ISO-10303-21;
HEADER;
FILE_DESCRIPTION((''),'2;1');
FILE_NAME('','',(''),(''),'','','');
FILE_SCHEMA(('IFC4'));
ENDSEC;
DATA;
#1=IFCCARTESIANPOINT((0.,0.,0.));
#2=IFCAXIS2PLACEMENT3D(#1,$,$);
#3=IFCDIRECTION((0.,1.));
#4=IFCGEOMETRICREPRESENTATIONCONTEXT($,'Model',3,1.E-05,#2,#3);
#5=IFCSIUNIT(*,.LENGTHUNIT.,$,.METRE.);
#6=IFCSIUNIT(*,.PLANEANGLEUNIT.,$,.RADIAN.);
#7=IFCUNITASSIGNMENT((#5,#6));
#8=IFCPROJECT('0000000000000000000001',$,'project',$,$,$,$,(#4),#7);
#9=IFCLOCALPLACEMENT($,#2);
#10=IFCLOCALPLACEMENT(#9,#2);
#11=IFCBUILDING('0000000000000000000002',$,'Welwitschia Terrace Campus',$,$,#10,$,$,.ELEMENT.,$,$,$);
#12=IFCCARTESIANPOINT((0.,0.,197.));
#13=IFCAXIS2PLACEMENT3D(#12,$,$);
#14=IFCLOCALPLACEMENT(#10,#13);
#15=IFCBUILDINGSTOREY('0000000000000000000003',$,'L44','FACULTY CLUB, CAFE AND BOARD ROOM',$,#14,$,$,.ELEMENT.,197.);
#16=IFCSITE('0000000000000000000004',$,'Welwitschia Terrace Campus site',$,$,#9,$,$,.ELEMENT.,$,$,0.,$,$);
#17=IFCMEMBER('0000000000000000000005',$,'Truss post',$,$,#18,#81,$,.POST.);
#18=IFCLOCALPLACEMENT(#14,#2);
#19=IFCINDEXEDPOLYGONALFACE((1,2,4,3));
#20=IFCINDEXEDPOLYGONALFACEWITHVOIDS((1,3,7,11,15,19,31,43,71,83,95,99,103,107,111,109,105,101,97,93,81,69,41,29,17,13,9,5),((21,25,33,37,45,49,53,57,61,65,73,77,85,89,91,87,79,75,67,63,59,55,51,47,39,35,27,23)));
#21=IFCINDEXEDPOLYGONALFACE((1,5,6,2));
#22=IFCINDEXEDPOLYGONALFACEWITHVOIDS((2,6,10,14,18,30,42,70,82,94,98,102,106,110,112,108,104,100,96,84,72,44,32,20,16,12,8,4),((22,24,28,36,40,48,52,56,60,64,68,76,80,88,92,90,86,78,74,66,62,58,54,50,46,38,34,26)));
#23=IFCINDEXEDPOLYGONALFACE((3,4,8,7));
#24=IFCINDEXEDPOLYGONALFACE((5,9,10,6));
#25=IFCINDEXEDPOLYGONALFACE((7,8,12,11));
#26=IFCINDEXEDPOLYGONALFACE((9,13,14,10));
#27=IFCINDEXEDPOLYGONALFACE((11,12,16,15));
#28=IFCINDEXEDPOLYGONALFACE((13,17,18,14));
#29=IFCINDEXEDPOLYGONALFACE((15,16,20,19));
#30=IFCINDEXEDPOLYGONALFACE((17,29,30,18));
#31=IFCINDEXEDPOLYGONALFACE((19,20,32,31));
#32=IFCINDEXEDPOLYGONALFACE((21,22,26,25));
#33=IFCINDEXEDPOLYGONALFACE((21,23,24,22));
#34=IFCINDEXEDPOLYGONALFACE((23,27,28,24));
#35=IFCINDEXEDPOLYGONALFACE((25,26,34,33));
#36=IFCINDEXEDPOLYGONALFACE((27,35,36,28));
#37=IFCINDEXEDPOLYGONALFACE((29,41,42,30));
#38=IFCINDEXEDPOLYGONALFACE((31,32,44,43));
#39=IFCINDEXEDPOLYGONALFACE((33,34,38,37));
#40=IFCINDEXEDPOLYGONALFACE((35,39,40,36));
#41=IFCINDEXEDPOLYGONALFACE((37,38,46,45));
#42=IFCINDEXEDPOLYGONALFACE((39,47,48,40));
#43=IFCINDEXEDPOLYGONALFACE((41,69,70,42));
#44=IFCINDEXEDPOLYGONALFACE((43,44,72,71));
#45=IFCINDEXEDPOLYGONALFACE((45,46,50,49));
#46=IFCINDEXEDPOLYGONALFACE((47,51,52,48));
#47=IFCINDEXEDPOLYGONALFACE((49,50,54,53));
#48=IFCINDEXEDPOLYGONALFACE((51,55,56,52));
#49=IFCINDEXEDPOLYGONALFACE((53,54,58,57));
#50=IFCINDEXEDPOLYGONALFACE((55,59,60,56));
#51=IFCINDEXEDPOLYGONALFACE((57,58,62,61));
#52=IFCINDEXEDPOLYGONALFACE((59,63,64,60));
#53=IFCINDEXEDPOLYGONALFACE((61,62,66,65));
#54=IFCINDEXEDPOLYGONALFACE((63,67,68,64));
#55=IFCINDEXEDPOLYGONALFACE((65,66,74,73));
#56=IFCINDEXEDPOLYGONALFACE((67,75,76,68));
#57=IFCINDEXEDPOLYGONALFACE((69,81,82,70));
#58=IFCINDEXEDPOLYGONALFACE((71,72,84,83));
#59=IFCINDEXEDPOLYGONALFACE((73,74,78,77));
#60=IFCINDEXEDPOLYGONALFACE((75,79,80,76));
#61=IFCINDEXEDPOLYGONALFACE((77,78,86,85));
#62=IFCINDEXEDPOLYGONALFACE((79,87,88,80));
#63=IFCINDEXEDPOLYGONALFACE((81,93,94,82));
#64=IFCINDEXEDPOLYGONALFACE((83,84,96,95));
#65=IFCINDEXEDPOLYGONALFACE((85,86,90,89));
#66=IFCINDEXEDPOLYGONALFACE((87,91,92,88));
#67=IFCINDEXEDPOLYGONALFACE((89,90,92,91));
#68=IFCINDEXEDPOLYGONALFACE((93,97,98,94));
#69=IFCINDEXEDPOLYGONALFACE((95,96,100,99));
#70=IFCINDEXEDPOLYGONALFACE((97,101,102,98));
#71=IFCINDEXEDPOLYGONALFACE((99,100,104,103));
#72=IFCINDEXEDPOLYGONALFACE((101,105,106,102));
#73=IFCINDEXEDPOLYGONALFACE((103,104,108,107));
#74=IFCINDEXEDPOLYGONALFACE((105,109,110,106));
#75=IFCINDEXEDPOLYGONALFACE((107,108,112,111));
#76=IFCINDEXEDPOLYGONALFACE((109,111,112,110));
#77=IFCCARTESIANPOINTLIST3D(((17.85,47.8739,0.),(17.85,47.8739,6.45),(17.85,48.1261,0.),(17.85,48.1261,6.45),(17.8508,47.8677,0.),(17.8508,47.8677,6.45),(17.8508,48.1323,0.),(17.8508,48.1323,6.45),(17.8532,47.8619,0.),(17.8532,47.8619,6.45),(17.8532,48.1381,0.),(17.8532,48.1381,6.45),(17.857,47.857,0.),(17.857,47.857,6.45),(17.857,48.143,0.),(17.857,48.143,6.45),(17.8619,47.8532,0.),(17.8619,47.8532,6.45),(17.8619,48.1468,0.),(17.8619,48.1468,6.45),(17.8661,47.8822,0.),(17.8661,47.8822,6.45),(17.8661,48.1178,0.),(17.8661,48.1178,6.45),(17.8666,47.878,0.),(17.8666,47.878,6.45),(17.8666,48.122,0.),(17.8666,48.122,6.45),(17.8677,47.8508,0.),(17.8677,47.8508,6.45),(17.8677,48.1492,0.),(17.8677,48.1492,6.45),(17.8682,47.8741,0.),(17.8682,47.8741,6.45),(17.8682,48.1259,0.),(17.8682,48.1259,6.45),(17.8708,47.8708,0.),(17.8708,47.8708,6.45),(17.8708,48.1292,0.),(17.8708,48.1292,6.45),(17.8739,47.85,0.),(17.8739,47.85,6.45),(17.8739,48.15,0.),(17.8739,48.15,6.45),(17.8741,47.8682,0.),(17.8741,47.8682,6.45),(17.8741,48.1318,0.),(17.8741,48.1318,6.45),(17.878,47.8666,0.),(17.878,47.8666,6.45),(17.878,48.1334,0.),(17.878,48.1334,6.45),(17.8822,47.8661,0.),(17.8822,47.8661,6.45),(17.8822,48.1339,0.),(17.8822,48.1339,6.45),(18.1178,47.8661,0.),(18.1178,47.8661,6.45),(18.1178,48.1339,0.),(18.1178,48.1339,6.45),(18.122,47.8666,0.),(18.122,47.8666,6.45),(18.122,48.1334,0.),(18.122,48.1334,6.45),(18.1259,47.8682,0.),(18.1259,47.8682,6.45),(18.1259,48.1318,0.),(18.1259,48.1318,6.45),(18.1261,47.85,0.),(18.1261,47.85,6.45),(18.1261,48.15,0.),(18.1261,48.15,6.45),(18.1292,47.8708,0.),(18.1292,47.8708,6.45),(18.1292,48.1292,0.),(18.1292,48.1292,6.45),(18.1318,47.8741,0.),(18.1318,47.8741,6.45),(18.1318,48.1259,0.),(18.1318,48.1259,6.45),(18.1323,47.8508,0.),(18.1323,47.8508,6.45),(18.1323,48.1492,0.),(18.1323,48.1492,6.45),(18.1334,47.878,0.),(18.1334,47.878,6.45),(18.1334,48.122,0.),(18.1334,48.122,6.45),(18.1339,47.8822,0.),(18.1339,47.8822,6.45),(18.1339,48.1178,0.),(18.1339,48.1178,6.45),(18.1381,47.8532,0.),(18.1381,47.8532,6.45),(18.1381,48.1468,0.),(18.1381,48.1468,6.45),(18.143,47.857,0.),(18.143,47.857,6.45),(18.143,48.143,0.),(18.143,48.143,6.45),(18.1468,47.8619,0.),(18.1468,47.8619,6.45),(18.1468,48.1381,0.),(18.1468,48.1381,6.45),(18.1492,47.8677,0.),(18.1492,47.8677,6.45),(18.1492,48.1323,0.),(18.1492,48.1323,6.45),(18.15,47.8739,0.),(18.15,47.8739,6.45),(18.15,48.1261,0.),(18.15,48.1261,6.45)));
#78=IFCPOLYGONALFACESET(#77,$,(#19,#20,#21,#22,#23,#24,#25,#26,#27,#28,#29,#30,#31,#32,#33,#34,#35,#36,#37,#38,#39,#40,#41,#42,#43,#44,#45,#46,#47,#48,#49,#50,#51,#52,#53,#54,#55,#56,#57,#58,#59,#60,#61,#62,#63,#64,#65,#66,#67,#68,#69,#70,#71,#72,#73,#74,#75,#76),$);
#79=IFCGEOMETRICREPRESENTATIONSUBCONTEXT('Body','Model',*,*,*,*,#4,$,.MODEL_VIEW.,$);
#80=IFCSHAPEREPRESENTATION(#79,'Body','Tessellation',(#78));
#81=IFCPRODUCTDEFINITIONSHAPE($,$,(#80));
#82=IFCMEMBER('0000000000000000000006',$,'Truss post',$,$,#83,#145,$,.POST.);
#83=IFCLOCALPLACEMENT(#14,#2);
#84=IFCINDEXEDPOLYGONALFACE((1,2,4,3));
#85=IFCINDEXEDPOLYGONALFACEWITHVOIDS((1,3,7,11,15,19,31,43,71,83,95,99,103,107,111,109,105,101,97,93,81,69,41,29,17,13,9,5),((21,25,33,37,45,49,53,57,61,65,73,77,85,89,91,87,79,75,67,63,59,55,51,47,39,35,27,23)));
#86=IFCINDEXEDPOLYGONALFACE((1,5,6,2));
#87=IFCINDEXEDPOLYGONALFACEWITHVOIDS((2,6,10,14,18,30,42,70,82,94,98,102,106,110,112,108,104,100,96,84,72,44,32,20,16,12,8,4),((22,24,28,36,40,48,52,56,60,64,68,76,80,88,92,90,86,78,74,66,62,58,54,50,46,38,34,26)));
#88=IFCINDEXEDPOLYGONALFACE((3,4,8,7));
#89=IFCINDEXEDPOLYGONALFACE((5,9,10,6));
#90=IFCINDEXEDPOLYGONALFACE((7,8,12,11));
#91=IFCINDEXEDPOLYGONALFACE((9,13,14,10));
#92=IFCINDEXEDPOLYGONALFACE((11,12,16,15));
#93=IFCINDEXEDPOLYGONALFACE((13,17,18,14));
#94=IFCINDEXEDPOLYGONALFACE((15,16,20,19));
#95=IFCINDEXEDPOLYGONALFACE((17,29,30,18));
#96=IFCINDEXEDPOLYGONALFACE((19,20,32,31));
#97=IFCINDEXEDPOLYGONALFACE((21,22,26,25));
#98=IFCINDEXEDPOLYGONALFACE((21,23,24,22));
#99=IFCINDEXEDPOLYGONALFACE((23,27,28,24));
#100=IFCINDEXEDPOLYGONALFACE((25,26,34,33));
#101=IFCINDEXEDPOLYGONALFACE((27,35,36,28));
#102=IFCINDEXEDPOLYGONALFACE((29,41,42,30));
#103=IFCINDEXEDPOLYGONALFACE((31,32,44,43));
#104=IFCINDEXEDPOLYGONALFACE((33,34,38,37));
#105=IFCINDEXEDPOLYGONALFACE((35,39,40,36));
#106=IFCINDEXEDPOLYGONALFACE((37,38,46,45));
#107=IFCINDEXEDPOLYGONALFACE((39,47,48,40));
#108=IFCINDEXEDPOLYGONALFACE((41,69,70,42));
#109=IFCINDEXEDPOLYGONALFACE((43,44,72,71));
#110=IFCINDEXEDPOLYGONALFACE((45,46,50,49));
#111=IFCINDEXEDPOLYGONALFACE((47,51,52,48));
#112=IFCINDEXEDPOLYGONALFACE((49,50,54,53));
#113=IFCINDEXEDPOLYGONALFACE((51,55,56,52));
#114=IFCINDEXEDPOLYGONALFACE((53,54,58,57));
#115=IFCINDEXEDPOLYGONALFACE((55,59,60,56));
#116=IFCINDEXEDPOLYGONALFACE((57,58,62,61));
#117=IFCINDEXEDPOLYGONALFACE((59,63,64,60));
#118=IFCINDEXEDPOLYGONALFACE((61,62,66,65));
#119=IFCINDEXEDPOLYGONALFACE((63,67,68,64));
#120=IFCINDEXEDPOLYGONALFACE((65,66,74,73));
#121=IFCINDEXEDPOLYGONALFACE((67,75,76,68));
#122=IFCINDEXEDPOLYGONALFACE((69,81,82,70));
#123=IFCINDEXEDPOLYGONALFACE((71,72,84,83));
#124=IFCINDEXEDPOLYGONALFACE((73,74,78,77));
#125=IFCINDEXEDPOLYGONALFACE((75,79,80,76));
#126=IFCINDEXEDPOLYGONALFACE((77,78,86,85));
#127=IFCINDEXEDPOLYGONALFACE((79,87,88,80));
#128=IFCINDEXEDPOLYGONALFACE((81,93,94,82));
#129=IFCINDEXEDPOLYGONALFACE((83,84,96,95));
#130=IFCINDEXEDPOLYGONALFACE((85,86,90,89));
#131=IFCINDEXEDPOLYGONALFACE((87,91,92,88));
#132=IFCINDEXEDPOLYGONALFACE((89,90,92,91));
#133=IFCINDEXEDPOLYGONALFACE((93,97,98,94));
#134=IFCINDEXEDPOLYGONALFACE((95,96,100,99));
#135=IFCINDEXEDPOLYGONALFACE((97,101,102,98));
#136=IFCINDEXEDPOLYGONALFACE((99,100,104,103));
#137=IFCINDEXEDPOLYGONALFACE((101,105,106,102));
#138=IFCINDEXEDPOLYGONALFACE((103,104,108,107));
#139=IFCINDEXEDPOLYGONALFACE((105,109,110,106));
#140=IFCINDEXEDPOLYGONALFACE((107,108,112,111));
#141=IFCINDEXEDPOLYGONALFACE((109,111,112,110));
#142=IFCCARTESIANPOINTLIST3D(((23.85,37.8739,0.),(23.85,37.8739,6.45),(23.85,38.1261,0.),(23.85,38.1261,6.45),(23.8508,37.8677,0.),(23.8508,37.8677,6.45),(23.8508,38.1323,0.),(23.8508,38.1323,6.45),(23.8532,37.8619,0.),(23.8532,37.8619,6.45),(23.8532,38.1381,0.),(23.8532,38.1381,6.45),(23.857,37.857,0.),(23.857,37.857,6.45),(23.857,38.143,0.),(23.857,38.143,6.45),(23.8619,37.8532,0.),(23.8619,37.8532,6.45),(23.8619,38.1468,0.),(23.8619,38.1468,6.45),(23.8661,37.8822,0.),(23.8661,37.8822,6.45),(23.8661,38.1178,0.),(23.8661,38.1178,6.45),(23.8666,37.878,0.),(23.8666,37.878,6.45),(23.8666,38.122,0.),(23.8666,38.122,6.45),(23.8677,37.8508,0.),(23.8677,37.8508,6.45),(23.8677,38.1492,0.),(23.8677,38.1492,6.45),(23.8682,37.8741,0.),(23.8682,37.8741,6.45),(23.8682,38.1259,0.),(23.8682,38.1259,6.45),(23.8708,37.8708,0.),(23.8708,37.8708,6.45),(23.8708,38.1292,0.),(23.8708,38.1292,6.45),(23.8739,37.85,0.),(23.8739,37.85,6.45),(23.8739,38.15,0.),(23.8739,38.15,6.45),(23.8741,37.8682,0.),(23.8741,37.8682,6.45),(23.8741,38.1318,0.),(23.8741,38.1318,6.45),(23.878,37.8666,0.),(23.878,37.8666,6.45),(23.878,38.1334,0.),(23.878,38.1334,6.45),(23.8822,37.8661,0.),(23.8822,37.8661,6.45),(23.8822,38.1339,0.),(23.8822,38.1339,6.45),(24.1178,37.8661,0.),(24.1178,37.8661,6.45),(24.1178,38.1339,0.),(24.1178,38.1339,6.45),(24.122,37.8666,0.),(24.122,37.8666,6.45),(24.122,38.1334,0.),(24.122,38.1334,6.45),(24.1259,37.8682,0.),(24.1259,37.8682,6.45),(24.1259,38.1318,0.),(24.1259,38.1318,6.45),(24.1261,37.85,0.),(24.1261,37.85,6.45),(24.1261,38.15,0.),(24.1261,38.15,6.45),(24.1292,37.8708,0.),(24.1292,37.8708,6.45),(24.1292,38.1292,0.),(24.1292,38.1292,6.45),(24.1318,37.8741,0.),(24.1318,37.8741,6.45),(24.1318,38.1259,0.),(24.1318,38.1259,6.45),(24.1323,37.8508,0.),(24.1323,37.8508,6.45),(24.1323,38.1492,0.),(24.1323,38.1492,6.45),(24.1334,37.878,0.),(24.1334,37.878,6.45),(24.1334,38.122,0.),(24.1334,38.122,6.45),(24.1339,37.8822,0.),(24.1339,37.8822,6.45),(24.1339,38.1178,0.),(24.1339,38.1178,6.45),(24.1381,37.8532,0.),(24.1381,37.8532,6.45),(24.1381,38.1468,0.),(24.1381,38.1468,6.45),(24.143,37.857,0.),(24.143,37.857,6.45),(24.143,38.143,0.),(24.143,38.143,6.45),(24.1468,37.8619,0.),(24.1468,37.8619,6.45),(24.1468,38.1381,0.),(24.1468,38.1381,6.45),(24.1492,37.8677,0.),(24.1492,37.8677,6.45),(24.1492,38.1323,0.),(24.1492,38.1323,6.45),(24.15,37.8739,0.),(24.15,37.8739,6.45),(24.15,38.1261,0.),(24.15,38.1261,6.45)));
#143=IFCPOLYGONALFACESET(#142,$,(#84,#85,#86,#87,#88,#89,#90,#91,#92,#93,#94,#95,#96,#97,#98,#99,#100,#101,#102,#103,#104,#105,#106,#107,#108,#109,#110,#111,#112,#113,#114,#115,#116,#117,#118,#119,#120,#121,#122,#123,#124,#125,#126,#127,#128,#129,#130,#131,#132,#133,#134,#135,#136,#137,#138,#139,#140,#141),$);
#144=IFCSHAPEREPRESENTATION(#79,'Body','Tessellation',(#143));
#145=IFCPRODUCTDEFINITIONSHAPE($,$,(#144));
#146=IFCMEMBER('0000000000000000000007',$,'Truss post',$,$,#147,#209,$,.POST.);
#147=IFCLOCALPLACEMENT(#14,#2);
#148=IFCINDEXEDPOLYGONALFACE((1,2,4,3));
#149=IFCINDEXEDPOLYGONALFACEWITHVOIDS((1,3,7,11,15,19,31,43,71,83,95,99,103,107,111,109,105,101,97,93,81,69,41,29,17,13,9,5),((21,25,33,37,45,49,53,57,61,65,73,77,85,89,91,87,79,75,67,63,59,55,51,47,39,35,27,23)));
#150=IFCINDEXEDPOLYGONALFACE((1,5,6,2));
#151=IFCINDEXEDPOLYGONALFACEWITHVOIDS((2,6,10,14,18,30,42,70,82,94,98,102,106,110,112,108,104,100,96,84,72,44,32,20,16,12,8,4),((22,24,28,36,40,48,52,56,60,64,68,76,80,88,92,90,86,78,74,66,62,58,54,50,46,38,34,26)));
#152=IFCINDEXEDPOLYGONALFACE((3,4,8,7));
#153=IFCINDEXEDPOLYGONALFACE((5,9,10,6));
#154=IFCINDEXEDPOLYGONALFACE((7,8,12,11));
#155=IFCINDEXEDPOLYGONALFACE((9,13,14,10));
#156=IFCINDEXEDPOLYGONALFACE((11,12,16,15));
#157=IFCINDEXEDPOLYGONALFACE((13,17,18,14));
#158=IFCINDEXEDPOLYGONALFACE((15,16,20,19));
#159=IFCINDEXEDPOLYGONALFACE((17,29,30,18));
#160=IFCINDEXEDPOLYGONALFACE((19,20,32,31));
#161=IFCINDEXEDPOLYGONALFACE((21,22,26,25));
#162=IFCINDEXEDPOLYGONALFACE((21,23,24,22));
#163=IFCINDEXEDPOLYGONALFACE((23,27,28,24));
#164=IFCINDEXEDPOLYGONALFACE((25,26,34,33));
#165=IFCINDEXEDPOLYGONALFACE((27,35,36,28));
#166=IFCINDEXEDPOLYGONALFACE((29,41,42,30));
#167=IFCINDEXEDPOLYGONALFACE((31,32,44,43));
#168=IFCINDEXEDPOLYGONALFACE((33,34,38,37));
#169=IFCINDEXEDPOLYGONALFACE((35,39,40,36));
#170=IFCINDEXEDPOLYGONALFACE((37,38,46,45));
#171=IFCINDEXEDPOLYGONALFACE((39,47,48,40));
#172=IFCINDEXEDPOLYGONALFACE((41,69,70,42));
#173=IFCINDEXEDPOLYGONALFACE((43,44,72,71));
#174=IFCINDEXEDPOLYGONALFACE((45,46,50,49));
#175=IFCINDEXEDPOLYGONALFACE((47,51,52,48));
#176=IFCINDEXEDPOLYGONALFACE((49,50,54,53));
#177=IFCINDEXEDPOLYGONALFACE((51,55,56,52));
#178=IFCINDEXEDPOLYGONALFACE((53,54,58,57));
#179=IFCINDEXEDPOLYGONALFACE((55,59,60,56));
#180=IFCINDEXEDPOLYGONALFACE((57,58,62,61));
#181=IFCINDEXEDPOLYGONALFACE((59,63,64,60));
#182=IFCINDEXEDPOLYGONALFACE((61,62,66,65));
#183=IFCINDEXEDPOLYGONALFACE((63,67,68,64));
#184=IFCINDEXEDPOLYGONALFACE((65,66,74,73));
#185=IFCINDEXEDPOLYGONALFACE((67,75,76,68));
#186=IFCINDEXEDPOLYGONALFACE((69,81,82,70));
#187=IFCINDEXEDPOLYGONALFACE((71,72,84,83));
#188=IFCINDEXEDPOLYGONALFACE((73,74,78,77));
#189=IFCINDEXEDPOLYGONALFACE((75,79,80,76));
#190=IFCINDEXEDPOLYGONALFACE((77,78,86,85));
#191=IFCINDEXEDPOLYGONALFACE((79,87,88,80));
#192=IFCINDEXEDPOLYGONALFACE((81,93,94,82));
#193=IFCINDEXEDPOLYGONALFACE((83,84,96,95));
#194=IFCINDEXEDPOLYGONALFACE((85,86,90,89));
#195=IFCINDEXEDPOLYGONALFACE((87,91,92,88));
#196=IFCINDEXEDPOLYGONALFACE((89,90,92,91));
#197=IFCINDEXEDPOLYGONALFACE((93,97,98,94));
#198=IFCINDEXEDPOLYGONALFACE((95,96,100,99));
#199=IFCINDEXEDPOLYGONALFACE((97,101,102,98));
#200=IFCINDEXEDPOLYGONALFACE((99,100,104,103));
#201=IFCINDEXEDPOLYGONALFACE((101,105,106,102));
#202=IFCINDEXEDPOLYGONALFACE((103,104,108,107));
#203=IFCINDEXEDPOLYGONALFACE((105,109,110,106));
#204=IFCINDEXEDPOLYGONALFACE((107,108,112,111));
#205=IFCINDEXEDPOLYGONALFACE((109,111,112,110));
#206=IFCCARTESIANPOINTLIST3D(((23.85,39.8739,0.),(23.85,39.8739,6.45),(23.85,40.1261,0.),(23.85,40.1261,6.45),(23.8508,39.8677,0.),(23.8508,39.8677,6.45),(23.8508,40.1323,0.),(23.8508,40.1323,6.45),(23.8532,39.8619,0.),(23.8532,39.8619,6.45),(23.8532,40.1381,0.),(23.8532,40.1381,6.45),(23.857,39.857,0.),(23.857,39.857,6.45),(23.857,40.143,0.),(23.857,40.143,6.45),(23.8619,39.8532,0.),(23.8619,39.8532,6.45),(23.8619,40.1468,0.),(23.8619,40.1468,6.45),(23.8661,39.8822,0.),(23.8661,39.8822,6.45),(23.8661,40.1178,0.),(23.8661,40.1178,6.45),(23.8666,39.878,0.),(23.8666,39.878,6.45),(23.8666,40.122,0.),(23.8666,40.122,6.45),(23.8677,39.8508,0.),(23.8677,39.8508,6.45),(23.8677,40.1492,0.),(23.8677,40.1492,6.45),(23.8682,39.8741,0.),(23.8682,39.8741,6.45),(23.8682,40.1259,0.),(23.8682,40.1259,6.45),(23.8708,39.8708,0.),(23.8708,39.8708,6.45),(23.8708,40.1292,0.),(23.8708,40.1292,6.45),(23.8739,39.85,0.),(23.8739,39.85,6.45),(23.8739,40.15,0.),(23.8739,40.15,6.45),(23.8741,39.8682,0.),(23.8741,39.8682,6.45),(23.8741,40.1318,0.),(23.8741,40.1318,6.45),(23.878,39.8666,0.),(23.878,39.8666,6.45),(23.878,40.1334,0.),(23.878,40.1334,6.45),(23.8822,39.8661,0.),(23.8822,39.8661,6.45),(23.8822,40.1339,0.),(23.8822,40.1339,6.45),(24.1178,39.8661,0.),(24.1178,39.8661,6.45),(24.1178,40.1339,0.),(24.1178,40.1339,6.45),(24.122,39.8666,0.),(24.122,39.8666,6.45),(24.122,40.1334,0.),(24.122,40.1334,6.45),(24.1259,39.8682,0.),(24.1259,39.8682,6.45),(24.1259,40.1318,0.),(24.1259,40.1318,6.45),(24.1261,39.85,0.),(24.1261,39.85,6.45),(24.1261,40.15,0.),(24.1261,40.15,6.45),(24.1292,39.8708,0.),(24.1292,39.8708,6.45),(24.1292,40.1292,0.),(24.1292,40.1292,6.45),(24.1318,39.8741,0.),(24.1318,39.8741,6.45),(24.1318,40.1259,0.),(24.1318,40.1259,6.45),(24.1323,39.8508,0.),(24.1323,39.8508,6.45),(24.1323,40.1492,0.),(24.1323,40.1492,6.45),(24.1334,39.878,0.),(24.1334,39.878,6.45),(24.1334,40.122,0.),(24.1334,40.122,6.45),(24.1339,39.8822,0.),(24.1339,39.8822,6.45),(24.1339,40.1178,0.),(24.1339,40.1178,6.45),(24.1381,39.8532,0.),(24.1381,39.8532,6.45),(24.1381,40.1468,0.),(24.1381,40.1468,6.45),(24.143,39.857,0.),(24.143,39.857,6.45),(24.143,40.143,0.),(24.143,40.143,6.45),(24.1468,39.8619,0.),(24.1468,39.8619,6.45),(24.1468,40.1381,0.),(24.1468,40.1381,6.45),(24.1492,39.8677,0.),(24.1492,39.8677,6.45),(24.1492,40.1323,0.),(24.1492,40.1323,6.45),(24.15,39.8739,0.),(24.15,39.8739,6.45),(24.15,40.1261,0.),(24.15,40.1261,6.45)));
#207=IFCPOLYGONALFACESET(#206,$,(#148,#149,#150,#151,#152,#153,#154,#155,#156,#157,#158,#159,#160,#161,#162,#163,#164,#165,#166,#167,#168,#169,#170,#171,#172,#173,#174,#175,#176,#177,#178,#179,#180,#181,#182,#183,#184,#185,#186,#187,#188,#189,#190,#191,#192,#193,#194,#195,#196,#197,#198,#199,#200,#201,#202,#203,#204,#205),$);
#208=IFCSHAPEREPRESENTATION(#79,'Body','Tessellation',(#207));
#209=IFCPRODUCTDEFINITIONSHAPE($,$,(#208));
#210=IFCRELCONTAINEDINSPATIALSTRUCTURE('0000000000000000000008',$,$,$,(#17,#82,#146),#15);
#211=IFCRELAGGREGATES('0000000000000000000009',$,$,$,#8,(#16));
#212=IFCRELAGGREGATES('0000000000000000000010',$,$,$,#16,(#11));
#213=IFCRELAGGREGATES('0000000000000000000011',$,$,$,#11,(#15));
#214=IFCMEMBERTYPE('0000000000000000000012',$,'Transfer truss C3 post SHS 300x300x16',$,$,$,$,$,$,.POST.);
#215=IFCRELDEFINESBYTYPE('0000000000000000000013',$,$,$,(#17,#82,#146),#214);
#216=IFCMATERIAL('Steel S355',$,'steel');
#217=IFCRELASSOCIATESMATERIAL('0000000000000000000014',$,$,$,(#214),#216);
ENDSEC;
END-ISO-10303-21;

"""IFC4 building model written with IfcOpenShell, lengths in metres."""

from ifc_helpers import new_model, si_unit, direction, frame, origin, origin_2d, place, context, subcontext, project, spatial, hollow_rectangle, extrude, material, material_profile, profile_set, type_object, element, save


model = new_model("IFC4")

# Units and contexts
model_context = context("Model", 3, precision=1e-05, world=origin(), true_north=direction((0.0, 1.0)))
body_context = subcontext(model_context, "Body", "Model", "MODEL_VIEW")
ifc_project = project(units=[si_unit("LENGTHUNIT", "METRE"), si_unit("PLANEANGLEUNIT", "RADIAN")], contexts=[model_context])

# Site, building, storey
site_placement = place(None, origin())
site = spatial("IfcSite", under=ifc_project, at=site_placement, Name="Welwitschia Terrace Campus site", CompositionType="ELEMENT", RefElevation=0.0)
building_placement = place(site_placement, origin())
building = spatial("IfcBuilding", under=site, at=building_placement, Name="Welwitschia Terrace Campus", CompositionType="ELEMENT")
storey_placement = place(building_placement, frame((0.0, 0.0, 197.0)))
storey = spatial("IfcBuildingStorey", under=building, at=storey_placement, Name="L44", Description="FACULTY CLUB, CAFE AND BOARD ROOM", CompositionType="ELEMENT", Elevation=197.0)

# Members
ifc_material_1 = material(Name="Steel S355", Category="steel")
ifc_material_profile_1 = material_profile(ifc_material_1, hollow_rectangle(XDim=0.3, YDim=0.3, WallThickness=0.0161, InnerFilletRadius=0.0161, OuterFilletRadius=0.0239, at=origin_2d()))
ifc_profile_set_1 = profile_set([ifc_material_profile_1], Name="Steel S355")
member_type_1 = type_object("IfcMemberType", Name="Transfer truss C3 post SHS 300x300x16", PredefinedType="POST", material=ifc_profile_set_1)
for number, where, z_axis, x_axis, name in (
    (1, (18.0, 48.0, 0.0), (0.0, 0.0, 1.0), (1.0, 0.0, 0.0), "Truss post"),
    (2, (24.0, 38.0, 0.0), (0.0, 0.0, 1.0), (1.0, 0.0, 0.0), "Truss post"),
    (3, (24.0, 40.0, 0.0), (0.0, 0.0, 1.0), (1.0, 0.0, 0.0), "Truss post"),
):
    element("IfcMember", number, at=place(storey_placement, frame(where, z_axis=z_axis, x_axis=x_axis)), inside=storey, type_object=member_type_1, Name=name, PredefinedType="POST", context=body_context, shape_type="SweptSolid", body=[
        extrude(hollow_rectangle(XDim=0.3, YDim=0.3, WallThickness=0.0161, InnerFilletRadius=0.0161, OuterFilletRadius=0.0239, at=origin_2d()), origin(), (0.0, 0.0, 1.0), 6.45),
    ])

save(model, "model.ifc")
